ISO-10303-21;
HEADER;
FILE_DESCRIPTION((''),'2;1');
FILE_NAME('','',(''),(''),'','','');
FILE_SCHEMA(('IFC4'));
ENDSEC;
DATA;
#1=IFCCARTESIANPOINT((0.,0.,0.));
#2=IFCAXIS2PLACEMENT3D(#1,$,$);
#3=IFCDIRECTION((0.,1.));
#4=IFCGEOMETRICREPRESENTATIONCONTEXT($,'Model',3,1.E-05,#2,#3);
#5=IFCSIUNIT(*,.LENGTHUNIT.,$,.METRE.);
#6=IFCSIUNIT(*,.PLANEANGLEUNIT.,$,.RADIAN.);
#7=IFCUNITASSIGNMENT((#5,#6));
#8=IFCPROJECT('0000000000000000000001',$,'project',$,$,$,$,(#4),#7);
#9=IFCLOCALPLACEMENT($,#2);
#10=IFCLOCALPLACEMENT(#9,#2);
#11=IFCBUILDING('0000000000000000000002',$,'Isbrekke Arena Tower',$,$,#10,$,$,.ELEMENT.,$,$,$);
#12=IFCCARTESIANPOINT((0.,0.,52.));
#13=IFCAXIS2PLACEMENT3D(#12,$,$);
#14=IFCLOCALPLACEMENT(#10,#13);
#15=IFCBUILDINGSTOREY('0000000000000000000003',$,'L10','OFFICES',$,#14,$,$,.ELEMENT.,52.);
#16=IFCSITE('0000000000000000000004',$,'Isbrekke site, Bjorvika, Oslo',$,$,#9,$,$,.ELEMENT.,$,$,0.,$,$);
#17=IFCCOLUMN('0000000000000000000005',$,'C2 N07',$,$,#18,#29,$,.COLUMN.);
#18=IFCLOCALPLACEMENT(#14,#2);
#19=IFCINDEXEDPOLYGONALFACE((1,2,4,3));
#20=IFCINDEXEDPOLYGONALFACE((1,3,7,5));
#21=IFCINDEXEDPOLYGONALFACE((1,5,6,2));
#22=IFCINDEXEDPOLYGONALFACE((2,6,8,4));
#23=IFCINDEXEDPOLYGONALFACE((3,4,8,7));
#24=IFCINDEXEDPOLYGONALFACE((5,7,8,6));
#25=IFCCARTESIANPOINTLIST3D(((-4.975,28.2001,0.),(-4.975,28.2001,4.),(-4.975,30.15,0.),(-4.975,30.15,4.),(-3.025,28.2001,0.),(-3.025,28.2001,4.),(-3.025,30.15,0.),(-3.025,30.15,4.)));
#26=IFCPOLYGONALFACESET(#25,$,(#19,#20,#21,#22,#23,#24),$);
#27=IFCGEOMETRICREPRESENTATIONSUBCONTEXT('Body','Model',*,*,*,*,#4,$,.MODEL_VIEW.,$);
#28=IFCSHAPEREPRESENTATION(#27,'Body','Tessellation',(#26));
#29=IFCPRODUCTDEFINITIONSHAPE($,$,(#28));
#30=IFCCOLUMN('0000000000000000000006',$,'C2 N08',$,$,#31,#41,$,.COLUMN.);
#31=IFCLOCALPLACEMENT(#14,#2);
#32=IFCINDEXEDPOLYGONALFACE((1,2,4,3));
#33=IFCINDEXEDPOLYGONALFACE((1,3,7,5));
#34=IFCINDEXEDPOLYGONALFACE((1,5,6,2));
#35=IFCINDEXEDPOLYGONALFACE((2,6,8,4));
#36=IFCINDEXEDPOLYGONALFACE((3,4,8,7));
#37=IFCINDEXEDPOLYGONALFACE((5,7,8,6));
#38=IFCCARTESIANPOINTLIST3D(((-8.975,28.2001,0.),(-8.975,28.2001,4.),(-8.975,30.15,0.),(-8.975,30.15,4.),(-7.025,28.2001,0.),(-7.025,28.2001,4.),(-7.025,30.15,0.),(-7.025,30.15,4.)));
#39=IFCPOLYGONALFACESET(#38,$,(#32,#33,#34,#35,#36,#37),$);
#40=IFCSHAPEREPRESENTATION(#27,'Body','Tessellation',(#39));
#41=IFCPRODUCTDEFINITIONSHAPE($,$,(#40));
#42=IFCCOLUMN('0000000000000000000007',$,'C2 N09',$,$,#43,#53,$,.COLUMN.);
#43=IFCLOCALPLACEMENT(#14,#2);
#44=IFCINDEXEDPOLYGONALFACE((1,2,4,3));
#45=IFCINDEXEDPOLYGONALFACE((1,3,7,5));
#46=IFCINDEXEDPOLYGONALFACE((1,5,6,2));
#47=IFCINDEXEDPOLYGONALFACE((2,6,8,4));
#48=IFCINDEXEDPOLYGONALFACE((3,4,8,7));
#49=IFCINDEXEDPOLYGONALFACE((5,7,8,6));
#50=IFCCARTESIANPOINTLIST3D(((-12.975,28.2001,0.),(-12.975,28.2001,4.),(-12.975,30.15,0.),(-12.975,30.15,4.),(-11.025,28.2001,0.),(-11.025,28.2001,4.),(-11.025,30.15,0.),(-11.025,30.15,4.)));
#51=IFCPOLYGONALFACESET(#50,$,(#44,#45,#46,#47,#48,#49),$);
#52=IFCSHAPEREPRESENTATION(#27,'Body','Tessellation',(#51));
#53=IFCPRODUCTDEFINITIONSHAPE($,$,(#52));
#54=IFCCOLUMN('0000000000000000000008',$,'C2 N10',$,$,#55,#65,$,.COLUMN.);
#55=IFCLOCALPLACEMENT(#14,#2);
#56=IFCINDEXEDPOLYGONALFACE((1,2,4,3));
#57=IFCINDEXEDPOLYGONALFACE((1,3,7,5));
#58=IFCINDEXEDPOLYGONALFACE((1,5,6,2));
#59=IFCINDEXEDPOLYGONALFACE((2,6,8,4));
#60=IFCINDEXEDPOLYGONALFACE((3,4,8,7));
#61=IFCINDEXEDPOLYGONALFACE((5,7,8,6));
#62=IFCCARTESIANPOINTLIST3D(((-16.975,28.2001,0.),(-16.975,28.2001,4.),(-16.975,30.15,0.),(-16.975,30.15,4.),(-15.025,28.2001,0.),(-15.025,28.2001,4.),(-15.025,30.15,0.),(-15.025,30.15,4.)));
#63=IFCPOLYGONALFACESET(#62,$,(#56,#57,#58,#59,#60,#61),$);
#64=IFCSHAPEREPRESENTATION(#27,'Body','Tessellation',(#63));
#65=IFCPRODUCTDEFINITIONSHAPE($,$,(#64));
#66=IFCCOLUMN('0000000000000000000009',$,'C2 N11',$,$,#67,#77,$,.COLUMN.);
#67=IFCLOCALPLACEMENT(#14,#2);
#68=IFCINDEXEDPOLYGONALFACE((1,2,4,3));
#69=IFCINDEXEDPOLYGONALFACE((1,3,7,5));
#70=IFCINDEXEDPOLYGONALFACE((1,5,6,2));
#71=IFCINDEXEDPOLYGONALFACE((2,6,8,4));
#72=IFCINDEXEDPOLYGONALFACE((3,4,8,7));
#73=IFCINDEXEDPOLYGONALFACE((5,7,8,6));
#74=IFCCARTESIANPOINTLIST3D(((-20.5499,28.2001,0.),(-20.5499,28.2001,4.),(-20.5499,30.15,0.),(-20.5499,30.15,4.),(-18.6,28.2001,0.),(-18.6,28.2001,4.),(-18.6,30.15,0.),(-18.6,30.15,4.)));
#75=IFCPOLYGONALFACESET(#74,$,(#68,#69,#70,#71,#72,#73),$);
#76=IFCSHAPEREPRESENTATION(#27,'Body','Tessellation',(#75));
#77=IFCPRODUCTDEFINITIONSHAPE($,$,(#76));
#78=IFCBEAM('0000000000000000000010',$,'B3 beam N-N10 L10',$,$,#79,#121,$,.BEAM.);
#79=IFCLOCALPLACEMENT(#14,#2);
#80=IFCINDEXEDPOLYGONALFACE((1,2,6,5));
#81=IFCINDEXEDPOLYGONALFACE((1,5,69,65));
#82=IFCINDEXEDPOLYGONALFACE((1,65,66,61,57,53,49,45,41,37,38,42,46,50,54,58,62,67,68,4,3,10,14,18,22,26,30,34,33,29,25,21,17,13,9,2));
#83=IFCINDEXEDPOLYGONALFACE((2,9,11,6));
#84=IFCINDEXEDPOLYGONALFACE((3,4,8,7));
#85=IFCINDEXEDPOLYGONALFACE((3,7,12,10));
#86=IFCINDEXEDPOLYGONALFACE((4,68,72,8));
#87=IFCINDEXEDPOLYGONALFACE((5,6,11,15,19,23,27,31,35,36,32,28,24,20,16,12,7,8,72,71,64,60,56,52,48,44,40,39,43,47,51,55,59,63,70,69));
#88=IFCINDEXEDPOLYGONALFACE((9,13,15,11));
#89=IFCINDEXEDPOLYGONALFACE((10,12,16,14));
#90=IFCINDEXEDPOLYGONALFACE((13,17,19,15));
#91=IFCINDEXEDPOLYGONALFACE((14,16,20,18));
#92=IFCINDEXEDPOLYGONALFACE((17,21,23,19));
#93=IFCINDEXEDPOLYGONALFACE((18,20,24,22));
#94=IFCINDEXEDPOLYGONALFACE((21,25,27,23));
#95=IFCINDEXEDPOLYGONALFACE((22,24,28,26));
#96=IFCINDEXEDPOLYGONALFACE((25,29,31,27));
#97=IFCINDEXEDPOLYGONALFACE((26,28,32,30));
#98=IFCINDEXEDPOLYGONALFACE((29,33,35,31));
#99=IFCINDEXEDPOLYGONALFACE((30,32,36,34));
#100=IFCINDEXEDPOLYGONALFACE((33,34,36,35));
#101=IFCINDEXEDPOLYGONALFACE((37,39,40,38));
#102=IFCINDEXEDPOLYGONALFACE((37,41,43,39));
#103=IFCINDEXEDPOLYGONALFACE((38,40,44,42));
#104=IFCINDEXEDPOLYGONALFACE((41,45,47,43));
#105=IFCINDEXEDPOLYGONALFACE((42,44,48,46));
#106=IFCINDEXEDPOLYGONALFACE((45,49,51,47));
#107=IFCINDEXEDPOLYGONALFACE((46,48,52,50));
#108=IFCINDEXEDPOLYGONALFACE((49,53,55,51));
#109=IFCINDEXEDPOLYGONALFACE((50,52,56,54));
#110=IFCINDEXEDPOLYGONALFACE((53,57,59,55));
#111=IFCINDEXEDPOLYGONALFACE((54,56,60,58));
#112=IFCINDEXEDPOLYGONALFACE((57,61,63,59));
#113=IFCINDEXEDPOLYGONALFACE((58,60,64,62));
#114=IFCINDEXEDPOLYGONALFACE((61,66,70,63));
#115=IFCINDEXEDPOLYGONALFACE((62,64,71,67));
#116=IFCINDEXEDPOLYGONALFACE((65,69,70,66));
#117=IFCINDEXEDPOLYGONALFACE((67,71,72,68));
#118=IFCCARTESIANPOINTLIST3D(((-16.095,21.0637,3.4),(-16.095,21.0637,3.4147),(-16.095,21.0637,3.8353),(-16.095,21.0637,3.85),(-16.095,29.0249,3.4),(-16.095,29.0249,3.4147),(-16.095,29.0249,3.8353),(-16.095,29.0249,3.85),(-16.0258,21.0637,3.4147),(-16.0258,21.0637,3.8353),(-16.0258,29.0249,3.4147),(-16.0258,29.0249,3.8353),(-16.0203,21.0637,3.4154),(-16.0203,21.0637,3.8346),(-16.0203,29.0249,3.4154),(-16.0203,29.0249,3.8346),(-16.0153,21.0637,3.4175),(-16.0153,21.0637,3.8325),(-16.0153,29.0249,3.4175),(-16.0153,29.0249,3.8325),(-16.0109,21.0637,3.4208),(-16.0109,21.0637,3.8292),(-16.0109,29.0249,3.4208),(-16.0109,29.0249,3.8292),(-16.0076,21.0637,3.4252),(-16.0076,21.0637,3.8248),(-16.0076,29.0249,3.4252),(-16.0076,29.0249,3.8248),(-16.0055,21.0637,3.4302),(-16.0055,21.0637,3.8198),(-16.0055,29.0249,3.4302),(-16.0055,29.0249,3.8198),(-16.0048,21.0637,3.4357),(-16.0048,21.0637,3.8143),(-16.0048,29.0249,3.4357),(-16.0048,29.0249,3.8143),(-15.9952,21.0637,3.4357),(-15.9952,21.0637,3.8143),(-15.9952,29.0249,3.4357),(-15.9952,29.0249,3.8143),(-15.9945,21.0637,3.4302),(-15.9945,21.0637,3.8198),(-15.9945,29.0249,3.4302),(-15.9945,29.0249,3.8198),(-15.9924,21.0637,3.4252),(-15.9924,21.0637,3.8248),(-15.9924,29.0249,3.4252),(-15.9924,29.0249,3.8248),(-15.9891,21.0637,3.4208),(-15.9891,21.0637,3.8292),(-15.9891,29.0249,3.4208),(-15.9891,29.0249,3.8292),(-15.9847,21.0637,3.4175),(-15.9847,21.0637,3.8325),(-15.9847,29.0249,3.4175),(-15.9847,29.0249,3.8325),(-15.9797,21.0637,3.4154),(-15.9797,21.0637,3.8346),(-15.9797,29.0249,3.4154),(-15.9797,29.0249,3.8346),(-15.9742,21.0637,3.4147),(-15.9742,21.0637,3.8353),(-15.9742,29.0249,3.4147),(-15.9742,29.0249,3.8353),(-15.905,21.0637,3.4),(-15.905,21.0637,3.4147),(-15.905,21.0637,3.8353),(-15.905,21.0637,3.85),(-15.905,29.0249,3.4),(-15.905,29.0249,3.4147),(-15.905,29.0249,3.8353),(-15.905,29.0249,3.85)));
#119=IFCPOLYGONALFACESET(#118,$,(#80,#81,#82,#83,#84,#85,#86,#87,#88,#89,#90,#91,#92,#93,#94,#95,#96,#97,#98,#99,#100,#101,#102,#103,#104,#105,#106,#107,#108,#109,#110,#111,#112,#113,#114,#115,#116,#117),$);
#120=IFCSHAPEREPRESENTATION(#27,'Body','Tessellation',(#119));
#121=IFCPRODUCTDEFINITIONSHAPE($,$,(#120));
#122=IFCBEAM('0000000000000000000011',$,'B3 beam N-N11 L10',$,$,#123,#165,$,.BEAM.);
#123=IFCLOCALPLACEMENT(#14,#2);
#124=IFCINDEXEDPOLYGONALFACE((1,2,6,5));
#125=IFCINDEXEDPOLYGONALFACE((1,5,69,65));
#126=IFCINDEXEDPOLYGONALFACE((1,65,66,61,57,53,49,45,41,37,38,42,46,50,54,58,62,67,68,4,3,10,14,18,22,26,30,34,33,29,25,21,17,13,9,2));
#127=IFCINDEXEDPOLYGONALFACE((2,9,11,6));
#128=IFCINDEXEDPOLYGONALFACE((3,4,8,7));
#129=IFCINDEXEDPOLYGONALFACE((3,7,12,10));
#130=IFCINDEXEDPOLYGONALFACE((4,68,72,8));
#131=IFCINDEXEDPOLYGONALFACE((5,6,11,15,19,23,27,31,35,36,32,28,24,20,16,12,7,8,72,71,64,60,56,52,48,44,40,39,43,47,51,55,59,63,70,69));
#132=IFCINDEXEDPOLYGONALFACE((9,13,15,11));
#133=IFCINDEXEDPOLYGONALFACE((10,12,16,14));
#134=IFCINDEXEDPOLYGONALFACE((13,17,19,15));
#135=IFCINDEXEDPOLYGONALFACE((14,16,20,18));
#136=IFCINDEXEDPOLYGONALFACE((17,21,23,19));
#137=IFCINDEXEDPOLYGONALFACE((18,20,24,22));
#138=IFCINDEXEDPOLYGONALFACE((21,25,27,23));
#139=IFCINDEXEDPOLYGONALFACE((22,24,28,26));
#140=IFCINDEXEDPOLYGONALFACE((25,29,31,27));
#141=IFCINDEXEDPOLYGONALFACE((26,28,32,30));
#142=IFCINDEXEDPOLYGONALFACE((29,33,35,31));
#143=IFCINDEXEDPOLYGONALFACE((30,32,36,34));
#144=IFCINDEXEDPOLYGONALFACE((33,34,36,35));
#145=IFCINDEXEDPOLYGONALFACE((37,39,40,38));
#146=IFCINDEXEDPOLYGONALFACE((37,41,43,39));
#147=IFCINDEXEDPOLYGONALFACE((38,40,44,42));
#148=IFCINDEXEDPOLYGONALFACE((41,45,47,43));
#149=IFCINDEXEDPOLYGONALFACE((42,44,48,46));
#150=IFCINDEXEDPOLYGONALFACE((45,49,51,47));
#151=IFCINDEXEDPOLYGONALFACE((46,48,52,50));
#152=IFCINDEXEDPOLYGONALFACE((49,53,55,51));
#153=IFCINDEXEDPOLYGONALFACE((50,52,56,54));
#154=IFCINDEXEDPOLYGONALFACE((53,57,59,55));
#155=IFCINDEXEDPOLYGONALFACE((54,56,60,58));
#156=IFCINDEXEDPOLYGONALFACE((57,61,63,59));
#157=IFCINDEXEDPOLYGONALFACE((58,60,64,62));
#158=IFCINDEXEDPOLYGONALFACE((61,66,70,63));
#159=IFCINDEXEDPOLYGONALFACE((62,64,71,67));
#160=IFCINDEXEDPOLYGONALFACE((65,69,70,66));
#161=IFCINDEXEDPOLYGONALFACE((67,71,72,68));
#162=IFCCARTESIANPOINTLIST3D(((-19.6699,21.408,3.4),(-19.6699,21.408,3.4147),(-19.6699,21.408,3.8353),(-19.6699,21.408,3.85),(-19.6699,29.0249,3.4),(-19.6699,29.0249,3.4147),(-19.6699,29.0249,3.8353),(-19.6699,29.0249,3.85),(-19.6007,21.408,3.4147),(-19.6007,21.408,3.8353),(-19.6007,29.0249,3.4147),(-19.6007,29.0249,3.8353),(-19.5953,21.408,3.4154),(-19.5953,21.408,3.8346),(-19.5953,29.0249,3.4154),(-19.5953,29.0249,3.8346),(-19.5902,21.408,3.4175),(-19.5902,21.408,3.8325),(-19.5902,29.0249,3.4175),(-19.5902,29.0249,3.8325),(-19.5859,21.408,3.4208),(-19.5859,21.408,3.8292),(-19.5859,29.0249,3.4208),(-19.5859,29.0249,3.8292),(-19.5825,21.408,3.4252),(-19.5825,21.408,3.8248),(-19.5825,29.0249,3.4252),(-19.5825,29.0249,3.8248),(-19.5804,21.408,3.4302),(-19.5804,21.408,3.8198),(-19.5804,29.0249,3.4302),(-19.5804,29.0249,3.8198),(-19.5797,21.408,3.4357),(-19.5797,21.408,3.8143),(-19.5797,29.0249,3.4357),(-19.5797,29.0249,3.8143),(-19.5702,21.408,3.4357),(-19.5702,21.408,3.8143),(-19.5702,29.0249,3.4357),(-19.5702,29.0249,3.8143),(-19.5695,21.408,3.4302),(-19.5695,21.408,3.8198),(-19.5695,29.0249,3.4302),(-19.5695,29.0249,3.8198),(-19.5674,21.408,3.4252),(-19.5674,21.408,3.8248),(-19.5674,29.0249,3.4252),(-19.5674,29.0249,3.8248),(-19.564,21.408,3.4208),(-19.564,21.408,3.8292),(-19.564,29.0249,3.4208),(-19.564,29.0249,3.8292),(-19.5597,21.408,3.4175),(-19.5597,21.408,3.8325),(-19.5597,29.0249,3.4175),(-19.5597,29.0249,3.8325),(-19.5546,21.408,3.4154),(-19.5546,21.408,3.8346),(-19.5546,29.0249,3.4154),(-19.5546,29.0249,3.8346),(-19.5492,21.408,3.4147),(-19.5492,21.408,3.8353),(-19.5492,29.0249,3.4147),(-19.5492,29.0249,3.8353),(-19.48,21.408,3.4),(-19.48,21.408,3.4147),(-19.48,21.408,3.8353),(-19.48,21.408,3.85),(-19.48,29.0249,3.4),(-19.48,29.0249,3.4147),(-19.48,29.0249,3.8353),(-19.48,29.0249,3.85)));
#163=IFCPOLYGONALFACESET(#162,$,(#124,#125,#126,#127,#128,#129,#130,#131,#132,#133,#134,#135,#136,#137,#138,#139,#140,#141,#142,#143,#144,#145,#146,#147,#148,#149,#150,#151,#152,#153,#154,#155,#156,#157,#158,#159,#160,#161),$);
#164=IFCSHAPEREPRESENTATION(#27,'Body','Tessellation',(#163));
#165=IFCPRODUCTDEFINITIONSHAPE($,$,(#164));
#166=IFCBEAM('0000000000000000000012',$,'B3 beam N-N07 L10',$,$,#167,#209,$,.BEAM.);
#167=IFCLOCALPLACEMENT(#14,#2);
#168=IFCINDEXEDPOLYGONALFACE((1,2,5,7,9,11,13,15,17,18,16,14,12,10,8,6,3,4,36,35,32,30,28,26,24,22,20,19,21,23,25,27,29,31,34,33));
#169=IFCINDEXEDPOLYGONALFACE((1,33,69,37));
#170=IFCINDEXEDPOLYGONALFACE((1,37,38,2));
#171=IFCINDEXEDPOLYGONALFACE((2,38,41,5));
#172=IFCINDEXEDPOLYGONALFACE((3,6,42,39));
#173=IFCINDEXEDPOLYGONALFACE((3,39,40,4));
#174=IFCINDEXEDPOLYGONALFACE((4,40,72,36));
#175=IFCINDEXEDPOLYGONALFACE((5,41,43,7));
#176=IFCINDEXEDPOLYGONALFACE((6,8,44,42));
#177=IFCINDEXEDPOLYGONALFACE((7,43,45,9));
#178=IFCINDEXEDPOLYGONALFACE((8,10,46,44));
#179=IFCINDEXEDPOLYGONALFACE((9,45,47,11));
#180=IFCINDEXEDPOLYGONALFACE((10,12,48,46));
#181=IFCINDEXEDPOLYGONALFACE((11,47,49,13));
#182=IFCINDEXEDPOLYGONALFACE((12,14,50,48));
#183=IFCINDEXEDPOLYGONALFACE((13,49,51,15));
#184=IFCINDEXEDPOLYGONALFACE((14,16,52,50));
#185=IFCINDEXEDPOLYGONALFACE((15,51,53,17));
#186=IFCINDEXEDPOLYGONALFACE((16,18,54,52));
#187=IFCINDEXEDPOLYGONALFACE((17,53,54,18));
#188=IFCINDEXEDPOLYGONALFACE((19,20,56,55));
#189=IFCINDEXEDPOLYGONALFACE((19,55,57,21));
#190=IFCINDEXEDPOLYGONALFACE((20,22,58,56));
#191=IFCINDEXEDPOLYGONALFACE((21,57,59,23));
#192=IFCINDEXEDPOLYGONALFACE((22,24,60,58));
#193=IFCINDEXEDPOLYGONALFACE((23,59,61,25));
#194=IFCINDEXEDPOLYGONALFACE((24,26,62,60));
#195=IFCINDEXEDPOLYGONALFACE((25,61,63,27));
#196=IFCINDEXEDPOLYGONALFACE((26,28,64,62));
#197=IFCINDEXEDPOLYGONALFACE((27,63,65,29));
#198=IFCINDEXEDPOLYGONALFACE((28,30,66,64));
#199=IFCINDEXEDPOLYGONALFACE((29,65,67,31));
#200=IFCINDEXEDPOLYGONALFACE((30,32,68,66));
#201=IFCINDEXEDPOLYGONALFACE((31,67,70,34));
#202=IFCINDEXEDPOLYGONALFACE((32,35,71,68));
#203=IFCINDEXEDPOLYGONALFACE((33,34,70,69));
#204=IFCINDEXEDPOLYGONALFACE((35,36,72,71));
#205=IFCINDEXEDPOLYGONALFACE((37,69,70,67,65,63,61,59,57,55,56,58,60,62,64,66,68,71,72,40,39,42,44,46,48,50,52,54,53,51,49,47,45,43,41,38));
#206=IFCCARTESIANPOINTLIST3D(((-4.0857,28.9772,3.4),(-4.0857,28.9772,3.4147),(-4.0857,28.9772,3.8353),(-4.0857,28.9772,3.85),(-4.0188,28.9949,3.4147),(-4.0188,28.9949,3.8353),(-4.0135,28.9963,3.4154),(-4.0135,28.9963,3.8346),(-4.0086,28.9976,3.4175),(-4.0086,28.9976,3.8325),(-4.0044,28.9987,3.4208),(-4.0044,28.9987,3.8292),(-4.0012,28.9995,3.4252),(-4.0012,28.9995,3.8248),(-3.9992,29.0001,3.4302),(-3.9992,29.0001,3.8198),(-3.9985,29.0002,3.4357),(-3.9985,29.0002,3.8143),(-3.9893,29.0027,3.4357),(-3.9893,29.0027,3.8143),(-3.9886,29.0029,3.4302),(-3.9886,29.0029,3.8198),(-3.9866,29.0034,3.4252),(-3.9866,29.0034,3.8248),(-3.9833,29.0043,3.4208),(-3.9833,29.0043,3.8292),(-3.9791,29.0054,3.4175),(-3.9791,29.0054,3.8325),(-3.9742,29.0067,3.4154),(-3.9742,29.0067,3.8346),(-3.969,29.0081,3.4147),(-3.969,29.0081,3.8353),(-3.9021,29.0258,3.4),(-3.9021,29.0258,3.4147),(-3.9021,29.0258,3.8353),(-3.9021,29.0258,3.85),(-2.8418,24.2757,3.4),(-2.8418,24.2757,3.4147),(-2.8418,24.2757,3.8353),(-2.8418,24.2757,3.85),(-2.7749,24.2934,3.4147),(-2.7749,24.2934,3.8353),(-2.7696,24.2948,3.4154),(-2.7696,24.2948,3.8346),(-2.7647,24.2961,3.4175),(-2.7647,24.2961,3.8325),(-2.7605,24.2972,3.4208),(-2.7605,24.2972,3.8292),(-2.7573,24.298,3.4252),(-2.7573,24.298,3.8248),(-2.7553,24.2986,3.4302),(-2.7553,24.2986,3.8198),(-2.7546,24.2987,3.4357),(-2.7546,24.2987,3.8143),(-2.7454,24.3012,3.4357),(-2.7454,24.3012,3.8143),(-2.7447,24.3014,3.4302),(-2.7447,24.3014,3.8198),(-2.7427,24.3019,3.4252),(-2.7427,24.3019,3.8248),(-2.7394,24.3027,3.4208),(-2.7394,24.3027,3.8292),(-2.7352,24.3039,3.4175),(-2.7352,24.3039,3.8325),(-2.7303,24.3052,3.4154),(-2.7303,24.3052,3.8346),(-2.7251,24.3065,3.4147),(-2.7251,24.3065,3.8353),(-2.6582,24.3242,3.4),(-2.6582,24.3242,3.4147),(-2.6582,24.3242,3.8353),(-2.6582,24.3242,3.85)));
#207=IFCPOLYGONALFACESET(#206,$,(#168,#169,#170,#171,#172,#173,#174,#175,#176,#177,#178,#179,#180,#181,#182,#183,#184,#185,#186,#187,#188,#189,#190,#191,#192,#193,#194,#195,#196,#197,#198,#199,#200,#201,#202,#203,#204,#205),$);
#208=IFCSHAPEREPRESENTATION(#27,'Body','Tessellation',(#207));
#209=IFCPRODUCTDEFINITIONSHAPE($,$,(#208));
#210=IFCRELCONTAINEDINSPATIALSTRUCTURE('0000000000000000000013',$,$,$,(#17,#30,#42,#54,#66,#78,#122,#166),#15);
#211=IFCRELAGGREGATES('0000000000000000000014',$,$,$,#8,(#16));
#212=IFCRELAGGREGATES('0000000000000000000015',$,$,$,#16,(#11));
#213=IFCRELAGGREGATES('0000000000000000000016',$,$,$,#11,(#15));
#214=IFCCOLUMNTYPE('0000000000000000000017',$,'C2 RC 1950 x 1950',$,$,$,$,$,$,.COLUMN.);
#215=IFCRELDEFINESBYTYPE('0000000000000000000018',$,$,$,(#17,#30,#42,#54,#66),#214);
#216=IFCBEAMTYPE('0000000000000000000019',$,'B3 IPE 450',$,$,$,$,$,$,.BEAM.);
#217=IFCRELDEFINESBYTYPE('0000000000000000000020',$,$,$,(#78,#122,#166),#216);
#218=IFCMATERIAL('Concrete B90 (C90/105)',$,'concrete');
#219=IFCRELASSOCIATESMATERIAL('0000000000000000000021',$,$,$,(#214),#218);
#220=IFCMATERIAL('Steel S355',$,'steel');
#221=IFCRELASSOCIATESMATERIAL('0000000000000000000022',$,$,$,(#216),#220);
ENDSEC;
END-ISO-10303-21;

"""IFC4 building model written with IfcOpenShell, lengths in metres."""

from ifc_helpers import new_model, si_unit, direction, frame, origin, origin_2d, place, context, subcontext, project, spatial, rectangle, i_section, extrude, material, material_profile, profile_set, type_object, element, save


model = new_model("IFC4")

# Units and contexts
model_context = context("Model", 3, precision=1e-05, world=origin(), true_north=direction((0.0, 1.0)))
body_context = subcontext(model_context, "Body", "Model", "MODEL_VIEW")
ifc_project = project(units=[si_unit("LENGTHUNIT", "METRE"), si_unit("PLANEANGLEUNIT", "RADIAN")], contexts=[model_context])

# Site, building, storey
site_placement = place(None, origin())
site = spatial("IfcSite", under=ifc_project, at=site_placement, Name="Isbrekke site, Bjorvika, Oslo", CompositionType="ELEMENT", RefElevation=0.0)
building_placement = place(site_placement, origin())
building = spatial("IfcBuilding", under=site, at=building_placement, Name="Isbrekke Arena Tower", CompositionType="ELEMENT")
storey_placement = place(building_placement, frame((0.0, 0.0, 52.0)))
storey = spatial("IfcBuildingStorey", under=building, at=storey_placement, Name="L10", Description="OFFICES", CompositionType="ELEMENT", Elevation=52.0)

# Columns
ifc_material_1 = material(Name="Concrete B90 (C90/105)", Category="concrete")
ifc_material_profile_1 = material_profile(ifc_material_1, rectangle(XDim=1.95, YDim=1.95, at=origin_2d()), Name="RC 1950x1950")
ifc_profile_set_1 = profile_set([ifc_material_profile_1], Name="Concrete B90 (C90/105)")
column_type = type_object("IfcColumnType", Name="C2 RC 1950 x 1950", PredefinedType="COLUMN", material=ifc_profile_set_1)
for number, where, z_axis, x_axis, name in (
    (1, (-4.0, 29.175, 0.0), (0.0, 0.0, 1.0), (-1.0, 0.0, 0.0), "C2 N07"),
    (2, (-8.0, 29.175, 0.0), (0.0, 0.0, 1.0), (-1.0, 0.0, 0.0), "C2 N08"),
    (3, (-12.0, 29.175, 0.0), (0.0, 0.0, 1.0), (-1.0, 0.0, 0.0), "C2 N09"),
    (4, (-16.0, 29.175, 0.0), (0.0, 0.0, 1.0), (-1.0, 0.0, 0.0), "C2 N10"),
    (5, (-19.575, 29.175, 0.0), (0.0, 0.0, 1.0), (-1.0, 0.0, 0.0), "C2 N11"),
):
    element("IfcColumn", number, at=place(storey_placement, frame(where, z_axis=z_axis, x_axis=x_axis)), inside=storey, type_object=column_type, Name=name, PredefinedType="COLUMN", context=body_context, shape_type="SweptSolid", body=[
        extrude(rectangle(XDim=1.95, YDim=1.95, at=origin_2d()), origin(), (0.0, 0.0, 1.0), 4.0),
    ])

# Beams
ifc_material_2 = material(Name="Steel S355", Category="steel")
ifc_material_profile_2 = material_profile(ifc_material_2, i_section(OverallWidth=0.1899, OverallDepth=0.45, WebThickness=0.0095, FlangeThickness=0.0146, FilletRadius=0.021, at=origin_2d()), Name="IPE 450")
ifc_profile_set_2 = profile_set([ifc_material_profile_2], Name="Steel S355")
beam_type_1 = type_object("IfcBeamType", Name="B3 IPE 450", PredefinedType="BEAM", material=ifc_profile_set_2)
beam_1_placement = place(storey_placement, frame((-16.0, 29.0249, 3.625), z_axis=(0.0, -1.0, 0.0), x_axis=(1.0, 0.0, 0.0)))
element("IfcBeam", 6, at=beam_1_placement, inside=storey, type_object=beam_type_1, Name="B3 beam N-N10 L10", PredefinedType="BEAM", context=body_context, shape_type="SweptSolid", body=[
    extrude(i_section(OverallWidth=0.1899, OverallDepth=0.45, WebThickness=0.0095, FlangeThickness=0.0146, FilletRadius=0.021, at=origin_2d()), origin(), (0.0, 0.0, 1.0), 7.9612),
])
beam_2_placement = place(storey_placement, frame((-19.575, 29.0249, 3.625), z_axis=(0.0, -1.0, 0.0), x_axis=(1.0, 0.0, 0.0)))
element("IfcBeam", 7, at=beam_2_placement, inside=storey, type_object=beam_type_1, Name="B3 beam N-N11 L10", PredefinedType="BEAM", context=body_context, shape_type="SweptSolid", body=[
    extrude(i_section(OverallWidth=0.1899, OverallDepth=0.45, WebThickness=0.0095, FlangeThickness=0.0146, FilletRadius=0.021, at=origin_2d()), origin(), (0.0, 0.0, 1.0), 7.6169),
])
beam_3_placement = place(storey_placement, frame((-3.9939, 29.0015, 3.625), z_axis=(0.255778, -0.966736, 0.0), x_axis=(0.966736, 0.255778, 0.0)))
element("IfcBeam", 8, at=beam_3_placement, inside=storey, type_object=beam_type_1, Name="B3 beam N-N07 L10", PredefinedType="BEAM", context=body_context, shape_type="SweptSolid", body=[
    extrude(i_section(OverallWidth=0.1899, OverallDepth=0.45, WebThickness=0.0095, FlangeThickness=0.0146, FilletRadius=0.021, at=origin_2d()), origin(), (0.0, 0.0, 1.0), 4.8633),
])

save(model, "model.ifc")
